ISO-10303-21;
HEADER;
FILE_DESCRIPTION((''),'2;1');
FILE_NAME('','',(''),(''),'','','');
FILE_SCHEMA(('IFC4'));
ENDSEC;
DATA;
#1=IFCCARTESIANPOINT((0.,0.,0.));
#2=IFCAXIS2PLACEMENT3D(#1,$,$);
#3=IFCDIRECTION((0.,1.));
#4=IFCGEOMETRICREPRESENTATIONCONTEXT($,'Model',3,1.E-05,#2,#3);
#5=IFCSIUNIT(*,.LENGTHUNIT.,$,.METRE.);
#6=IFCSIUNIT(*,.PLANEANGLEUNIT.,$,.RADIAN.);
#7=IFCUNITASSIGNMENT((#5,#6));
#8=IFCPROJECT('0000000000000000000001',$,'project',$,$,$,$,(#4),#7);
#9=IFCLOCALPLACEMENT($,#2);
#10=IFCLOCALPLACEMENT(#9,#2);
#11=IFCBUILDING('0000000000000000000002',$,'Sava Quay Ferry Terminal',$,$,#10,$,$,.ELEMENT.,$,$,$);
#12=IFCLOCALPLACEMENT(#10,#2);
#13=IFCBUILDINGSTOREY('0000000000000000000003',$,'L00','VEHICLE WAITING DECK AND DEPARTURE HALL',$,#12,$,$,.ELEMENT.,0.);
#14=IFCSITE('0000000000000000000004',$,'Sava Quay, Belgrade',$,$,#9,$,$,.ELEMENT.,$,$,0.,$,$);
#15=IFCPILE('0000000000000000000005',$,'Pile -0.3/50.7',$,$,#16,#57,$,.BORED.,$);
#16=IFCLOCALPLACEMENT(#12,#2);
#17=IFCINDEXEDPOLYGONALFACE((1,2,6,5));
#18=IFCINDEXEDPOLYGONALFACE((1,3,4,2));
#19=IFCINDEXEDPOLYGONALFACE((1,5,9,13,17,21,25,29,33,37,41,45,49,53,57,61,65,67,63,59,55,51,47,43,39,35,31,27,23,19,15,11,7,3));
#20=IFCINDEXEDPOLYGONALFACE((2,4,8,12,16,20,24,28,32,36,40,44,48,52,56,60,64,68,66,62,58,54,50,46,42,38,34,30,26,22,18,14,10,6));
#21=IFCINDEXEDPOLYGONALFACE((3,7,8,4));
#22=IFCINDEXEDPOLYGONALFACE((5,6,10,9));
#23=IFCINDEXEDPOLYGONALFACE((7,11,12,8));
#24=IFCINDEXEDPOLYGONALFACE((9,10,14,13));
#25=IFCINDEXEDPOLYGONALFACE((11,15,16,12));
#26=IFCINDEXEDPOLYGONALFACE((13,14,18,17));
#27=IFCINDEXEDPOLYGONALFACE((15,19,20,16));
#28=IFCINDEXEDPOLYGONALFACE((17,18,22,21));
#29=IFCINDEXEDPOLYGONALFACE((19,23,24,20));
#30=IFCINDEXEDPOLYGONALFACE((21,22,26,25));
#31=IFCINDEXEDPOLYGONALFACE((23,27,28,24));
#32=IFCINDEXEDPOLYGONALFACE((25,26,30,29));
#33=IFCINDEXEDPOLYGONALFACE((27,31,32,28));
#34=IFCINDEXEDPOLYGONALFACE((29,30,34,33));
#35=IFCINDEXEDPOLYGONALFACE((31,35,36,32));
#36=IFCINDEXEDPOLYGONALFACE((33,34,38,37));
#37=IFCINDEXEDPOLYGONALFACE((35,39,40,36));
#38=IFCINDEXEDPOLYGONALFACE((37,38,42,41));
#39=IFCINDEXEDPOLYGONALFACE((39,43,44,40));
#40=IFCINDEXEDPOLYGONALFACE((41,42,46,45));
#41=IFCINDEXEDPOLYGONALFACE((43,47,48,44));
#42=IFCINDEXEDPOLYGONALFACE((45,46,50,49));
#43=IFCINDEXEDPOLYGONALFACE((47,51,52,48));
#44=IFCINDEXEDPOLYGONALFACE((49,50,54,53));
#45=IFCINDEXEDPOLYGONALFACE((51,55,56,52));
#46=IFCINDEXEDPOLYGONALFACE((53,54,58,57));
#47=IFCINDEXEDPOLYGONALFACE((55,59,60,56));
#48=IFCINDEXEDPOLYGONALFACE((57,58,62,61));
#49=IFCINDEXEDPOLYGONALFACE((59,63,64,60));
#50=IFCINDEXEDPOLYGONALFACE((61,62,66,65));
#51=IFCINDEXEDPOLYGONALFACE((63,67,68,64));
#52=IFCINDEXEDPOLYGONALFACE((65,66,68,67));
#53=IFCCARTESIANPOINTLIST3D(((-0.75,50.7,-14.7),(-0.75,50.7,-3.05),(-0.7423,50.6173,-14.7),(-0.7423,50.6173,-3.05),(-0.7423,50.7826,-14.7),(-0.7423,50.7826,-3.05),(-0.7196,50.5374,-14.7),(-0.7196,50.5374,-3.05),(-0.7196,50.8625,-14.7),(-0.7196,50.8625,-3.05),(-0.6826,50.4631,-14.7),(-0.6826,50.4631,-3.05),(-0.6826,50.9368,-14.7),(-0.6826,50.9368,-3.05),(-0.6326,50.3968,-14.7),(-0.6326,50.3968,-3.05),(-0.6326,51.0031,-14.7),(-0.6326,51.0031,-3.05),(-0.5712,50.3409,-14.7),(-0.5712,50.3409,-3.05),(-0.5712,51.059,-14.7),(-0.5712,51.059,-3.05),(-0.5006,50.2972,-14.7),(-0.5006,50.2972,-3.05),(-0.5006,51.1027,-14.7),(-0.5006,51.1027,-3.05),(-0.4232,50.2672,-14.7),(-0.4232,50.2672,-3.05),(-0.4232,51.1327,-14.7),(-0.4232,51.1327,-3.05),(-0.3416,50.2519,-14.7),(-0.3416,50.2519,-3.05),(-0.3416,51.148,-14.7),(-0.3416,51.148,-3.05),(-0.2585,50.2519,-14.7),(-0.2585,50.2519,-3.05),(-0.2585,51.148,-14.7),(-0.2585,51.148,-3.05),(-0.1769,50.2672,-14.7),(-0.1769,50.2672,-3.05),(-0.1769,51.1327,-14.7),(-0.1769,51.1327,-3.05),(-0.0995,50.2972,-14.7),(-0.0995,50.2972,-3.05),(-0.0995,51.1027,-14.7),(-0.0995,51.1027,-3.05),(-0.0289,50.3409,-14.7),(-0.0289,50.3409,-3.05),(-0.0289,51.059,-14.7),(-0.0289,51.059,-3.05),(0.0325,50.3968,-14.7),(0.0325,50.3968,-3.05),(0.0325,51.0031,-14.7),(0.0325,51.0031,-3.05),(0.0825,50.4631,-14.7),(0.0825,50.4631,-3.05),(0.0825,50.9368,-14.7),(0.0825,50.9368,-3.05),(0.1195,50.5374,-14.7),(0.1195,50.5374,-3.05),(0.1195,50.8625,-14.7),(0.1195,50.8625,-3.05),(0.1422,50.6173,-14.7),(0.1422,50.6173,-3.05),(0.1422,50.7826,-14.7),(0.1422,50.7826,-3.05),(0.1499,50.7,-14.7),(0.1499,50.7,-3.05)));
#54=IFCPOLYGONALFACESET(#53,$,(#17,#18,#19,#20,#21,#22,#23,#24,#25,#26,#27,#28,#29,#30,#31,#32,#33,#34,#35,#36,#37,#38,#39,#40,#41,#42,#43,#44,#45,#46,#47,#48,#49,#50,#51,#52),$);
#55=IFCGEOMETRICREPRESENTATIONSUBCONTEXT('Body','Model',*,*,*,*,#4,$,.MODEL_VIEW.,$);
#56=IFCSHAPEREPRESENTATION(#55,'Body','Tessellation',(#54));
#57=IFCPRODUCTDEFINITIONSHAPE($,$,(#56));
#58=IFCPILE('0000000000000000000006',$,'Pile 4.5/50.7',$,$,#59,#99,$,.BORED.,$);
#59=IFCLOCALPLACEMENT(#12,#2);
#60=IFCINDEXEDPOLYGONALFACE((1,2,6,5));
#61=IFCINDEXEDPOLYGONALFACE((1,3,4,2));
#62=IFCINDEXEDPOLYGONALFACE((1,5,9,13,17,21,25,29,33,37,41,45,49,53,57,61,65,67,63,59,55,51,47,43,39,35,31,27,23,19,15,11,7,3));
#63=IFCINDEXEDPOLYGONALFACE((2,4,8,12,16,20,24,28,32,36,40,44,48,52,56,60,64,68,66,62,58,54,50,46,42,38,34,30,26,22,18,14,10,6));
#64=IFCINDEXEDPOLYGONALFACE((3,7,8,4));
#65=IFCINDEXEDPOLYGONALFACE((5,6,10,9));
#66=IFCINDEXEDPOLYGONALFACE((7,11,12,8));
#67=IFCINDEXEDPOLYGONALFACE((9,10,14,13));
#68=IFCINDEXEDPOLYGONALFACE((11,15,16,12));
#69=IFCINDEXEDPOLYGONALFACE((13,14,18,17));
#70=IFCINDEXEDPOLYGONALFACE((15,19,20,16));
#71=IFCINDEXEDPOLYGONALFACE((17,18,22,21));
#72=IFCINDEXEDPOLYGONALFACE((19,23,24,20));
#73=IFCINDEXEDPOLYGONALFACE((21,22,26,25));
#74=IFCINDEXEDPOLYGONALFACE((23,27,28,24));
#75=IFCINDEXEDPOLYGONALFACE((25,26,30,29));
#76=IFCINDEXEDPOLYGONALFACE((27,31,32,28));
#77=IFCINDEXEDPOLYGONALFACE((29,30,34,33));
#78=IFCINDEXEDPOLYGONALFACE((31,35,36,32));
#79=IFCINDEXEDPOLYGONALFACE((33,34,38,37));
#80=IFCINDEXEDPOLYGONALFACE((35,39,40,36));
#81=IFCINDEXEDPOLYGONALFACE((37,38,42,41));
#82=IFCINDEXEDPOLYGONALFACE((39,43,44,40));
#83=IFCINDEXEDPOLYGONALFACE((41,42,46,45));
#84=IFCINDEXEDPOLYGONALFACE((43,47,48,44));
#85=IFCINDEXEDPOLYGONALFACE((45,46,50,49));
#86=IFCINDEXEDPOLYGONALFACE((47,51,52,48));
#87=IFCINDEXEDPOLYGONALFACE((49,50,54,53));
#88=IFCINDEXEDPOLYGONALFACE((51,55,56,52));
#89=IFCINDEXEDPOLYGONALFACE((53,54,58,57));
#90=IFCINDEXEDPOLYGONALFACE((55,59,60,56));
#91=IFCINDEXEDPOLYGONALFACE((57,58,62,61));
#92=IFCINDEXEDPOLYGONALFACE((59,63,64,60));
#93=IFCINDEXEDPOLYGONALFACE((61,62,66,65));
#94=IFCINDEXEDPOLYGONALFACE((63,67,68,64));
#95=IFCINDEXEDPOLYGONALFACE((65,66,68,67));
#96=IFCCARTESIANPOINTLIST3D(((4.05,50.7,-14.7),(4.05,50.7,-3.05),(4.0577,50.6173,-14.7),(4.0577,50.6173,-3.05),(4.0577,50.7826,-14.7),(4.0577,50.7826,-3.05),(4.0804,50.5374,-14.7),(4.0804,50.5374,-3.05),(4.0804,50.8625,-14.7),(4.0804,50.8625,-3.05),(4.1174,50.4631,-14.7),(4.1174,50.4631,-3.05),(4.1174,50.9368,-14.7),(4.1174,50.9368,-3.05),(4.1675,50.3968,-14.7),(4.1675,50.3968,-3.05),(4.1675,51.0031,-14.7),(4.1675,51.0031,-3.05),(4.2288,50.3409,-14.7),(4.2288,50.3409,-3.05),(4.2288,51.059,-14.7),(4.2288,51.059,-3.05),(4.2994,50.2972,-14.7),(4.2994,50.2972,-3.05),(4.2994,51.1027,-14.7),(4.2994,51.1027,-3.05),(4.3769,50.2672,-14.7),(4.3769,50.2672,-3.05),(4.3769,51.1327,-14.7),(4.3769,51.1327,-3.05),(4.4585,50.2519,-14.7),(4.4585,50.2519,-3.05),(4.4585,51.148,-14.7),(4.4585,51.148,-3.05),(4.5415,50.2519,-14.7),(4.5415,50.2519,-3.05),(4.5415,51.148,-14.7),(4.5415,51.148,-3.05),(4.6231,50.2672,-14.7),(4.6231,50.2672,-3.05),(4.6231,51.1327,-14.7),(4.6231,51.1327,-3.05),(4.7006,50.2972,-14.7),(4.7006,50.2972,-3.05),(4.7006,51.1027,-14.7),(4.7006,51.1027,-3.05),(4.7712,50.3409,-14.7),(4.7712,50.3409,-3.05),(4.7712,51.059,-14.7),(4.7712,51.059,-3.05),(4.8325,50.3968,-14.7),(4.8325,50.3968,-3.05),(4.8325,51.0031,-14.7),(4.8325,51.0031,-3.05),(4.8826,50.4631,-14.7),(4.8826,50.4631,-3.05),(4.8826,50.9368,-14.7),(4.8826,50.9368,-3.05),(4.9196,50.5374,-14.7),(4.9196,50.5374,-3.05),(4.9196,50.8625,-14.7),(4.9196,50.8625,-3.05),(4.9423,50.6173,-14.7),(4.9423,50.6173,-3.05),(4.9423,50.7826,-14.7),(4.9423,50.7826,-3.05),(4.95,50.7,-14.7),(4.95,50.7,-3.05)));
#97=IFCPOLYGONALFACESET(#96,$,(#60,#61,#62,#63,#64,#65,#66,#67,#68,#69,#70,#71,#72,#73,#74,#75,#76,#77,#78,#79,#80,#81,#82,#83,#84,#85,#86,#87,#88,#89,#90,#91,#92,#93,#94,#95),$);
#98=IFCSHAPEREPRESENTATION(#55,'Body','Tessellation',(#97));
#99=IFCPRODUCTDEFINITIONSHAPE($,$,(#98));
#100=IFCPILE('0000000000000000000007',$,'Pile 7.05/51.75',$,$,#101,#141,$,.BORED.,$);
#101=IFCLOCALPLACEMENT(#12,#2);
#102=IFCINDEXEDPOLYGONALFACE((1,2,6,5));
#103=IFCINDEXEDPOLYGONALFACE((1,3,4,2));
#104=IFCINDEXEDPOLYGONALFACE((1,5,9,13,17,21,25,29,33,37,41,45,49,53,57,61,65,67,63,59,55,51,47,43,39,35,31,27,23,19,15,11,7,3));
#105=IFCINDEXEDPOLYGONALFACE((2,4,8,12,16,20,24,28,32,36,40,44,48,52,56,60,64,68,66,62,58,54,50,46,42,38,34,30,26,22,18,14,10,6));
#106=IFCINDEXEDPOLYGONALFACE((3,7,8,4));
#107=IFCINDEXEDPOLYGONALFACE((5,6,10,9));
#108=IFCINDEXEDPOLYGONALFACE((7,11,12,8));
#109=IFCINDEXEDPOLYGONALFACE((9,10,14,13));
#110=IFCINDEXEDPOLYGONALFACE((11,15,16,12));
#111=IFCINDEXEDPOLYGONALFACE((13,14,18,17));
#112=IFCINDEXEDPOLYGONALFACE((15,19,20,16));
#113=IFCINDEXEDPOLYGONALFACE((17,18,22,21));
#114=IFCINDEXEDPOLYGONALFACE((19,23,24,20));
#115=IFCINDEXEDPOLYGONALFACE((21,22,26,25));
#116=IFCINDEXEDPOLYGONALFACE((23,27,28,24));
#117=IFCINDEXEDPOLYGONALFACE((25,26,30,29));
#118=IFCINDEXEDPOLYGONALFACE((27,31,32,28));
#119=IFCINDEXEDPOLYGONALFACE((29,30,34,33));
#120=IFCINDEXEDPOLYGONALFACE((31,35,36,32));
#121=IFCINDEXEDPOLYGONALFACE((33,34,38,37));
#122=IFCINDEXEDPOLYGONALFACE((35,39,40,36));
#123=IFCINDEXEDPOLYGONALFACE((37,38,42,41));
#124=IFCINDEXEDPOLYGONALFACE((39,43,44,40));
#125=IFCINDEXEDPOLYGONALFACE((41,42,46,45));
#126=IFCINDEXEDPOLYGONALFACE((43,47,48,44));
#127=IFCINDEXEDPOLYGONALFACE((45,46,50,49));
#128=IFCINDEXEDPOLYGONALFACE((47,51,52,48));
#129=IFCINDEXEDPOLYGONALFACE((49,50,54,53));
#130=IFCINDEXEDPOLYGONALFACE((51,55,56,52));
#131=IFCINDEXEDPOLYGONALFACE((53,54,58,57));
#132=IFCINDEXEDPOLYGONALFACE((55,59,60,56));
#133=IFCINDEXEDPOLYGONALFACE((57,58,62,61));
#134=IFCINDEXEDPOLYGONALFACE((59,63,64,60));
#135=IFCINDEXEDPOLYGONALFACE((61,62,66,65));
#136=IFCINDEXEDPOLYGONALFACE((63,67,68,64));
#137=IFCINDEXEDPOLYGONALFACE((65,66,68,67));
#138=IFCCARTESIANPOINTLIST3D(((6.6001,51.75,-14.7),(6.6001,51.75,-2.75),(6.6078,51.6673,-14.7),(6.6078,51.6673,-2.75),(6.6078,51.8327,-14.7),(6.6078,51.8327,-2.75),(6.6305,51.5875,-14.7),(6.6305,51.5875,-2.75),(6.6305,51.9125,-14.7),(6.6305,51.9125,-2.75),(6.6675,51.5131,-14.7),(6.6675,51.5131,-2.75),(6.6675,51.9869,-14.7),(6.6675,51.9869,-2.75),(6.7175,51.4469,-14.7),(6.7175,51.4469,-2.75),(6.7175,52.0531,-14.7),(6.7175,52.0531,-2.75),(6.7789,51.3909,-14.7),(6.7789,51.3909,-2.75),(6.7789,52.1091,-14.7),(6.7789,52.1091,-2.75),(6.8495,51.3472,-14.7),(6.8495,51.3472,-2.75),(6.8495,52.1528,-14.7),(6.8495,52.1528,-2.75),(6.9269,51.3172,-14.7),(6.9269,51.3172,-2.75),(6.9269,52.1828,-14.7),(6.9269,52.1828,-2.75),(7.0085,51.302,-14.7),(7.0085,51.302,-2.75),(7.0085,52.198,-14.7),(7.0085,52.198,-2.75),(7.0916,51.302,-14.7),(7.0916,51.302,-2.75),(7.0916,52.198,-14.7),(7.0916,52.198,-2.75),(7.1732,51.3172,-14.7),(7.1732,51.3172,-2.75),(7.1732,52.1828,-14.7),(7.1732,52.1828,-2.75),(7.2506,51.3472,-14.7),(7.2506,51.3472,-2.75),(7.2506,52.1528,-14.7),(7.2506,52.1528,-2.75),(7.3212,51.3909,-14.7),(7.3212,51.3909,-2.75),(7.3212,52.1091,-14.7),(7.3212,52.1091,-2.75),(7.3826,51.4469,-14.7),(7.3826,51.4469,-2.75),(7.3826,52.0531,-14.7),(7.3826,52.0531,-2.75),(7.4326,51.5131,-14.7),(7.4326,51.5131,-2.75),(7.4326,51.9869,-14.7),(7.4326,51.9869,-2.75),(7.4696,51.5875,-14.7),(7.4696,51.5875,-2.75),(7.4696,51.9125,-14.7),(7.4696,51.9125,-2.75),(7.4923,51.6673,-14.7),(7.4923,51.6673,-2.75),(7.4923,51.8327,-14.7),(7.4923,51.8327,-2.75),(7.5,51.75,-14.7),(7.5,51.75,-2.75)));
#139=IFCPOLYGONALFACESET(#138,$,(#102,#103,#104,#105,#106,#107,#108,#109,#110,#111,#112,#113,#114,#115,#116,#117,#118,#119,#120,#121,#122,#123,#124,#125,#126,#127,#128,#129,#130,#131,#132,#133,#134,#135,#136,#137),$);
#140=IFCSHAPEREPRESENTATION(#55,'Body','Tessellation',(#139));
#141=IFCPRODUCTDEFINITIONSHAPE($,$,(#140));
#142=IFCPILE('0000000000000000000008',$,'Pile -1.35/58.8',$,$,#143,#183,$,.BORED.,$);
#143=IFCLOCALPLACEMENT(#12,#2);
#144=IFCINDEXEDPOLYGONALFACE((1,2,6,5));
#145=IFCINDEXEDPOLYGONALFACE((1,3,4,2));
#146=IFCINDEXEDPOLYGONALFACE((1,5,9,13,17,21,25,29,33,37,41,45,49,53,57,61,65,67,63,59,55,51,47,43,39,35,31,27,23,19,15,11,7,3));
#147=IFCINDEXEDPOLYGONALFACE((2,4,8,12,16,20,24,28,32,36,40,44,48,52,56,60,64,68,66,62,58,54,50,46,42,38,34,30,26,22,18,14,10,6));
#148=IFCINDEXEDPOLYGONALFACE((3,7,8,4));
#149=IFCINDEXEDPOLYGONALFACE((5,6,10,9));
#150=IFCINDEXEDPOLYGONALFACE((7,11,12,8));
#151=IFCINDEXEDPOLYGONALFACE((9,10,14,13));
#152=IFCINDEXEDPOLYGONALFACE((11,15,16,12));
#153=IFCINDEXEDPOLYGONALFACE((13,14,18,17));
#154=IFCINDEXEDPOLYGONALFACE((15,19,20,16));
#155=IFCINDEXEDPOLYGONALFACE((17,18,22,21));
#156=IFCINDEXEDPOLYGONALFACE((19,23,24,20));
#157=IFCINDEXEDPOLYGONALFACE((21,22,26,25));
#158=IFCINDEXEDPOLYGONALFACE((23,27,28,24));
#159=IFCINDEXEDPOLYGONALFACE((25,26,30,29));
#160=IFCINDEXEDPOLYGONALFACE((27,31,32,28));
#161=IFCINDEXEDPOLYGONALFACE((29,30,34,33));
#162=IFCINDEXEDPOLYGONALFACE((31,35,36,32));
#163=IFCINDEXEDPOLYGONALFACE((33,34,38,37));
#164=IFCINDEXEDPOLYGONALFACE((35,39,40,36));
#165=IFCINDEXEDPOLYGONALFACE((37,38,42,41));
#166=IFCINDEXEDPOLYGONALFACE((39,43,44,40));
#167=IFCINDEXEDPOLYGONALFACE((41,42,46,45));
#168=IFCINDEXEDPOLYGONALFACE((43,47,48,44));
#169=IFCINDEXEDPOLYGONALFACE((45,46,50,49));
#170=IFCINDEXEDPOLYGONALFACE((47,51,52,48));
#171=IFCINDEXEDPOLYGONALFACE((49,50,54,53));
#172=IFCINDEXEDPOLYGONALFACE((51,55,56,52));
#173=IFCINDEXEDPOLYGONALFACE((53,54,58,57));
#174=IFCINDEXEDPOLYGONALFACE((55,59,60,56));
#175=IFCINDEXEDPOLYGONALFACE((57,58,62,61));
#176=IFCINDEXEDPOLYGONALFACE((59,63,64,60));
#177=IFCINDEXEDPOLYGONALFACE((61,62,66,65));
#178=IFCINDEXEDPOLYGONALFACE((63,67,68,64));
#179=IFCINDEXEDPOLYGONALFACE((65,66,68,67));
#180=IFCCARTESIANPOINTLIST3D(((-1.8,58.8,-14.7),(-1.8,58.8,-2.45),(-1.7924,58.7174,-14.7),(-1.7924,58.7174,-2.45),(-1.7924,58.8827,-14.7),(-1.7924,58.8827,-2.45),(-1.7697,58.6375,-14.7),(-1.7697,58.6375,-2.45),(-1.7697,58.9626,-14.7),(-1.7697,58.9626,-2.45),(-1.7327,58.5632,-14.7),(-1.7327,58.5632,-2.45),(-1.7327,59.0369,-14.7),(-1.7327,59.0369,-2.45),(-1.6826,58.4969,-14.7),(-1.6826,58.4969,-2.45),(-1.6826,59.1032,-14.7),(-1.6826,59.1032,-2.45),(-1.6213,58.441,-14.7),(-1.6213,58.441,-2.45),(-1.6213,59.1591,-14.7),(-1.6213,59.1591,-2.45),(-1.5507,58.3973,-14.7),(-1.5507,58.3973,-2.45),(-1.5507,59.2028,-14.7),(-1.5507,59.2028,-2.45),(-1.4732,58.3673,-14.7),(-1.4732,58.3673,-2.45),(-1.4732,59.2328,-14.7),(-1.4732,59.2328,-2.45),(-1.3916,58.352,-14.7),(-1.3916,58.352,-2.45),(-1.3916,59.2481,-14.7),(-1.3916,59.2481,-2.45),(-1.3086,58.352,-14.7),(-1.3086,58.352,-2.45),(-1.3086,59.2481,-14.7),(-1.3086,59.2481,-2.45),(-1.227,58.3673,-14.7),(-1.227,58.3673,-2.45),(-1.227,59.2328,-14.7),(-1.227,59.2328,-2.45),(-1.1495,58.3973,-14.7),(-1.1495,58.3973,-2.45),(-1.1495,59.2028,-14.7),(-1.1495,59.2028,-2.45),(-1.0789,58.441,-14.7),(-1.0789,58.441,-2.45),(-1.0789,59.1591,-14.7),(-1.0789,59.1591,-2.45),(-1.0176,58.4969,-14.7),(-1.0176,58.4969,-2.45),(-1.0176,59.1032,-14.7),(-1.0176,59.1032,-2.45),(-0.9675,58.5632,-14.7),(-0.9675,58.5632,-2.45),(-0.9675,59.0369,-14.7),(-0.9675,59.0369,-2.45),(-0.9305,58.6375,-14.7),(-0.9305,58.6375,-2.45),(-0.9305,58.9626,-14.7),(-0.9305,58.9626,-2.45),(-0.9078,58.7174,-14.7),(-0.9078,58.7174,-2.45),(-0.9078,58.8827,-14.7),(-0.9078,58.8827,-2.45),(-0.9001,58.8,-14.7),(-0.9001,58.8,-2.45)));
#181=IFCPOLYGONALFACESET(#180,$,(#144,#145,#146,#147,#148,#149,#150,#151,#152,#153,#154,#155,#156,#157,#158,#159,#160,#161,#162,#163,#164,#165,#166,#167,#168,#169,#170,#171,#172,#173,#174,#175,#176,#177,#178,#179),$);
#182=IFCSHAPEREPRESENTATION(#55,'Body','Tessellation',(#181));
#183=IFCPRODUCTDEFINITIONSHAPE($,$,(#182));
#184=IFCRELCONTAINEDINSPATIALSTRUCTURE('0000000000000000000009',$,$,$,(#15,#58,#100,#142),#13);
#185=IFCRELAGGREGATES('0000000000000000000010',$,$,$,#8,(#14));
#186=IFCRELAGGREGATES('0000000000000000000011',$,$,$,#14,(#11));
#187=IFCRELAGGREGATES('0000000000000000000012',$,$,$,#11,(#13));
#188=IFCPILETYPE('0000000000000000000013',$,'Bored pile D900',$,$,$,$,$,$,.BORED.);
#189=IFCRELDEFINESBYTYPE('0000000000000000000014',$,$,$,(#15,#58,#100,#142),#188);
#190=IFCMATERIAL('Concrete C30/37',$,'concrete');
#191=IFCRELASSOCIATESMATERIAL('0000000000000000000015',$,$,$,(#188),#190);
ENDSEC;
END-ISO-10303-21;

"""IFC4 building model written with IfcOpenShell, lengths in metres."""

from ifc_helpers import new_model, si_unit, direction, frame, origin, origin_2d, place, context, subcontext, project, spatial, circle, extrude, material, material_profile, profile_set, type_object, element, save


model = new_model("IFC4")

# Units and contexts
model_context = context("Model", 3, precision=1e-05, world=origin(), true_north=direction((0.0, 1.0)))
body_context = subcontext(model_context, "Body", "Model", "MODEL_VIEW")
ifc_project = project(units=[si_unit("LENGTHUNIT", "METRE"), si_unit("PLANEANGLEUNIT", "RADIAN")], contexts=[model_context])

# Site, building, storey
site_placement = place(None, origin())
site = spatial("IfcSite", under=ifc_project, at=site_placement, Name="Sava Quay, Belgrade", CompositionType="ELEMENT", RefElevation=0.0)
building_placement = place(site_placement, origin())
building = spatial("IfcBuilding", under=site, at=building_placement, Name="Sava Quay Ferry Terminal", CompositionType="ELEMENT")
storey_placement = place(building_placement, origin())
storey = spatial("IfcBuildingStorey", under=building, at=storey_placement, Name="L00", Description="VEHICLE WAITING DECK AND DEPARTURE HALL", CompositionType="ELEMENT", Elevation=0.0)

# Piles
ifc_material_1 = material(Name="Concrete C30/37", Category="concrete")
ifc_material_profile_1 = material_profile(ifc_material_1, circle(Radius=0.45, at=origin_2d()), Name="Bored pile D900")
ifc_profile_set_1 = profile_set([ifc_material_profile_1], Name="Concrete C30/37")
pile_type = type_object("IfcPileType", Name="Bored pile D900", PredefinedType="BORED", material=ifc_profile_set_1)
for number, where, z_axis, x_axis, name in (
    (1, (-0.3, 50.7, -3.05), (0.0, 0.0, -1.0), (1.0, 0.0, 0.0), "Pile -0.3/50.7"),
    (2, (4.5, 50.7, -3.05), (0.0, 0.0, -1.0), (1.0, 0.0, 0.0), "Pile 4.5/50.7"),
):
    element("IfcPile", number, at=place(storey_placement, frame(where, z_axis=z_axis, x_axis=x_axis)), inside=storey, type_object=pile_type, Name=name, PredefinedType="BORED", context=body_context, shape_type="SweptSolid", body=[
        extrude(circle(Radius=0.45, at=origin_2d()), origin(), (0.0, 0.0, 1.0), 11.6499),
    ])
pile_placement = place(storey_placement, frame((7.05, 51.75, -2.75), z_axis=(0.0, 0.0, -1.0), x_axis=(1.0, 0.0, 0.0)))
element("IfcPile", 3, at=pile_placement, inside=storey, type_object=pile_type, Name="Pile 7.05/51.75", PredefinedType="BORED", context=body_context, shape_type="SweptSolid", body=[
    extrude(circle(Radius=0.45, at=origin_2d()), origin(), (0.0, 0.0, 1.0), 11.95),
])
for number, where, z_axis, x_axis, name in (
    (4, (-1.3501, 58.8, -2.45), (0.0, 0.0, -1.0), (1.0, 0.0, 0.0), "Pile -1.35/58.8"),
):
    element("IfcPile", number, at=place(storey_placement, frame(where, z_axis=z_axis, x_axis=x_axis)), inside=storey, type_object=pile_type, Name=name, PredefinedType="BORED", context=body_context, shape_type="SweptSolid", body=[
        extrude(circle(Radius=0.45, at=origin_2d()), origin(), (0.0, 0.0, 1.0), 12.25),
    ])

save(model, "model.ifc")
